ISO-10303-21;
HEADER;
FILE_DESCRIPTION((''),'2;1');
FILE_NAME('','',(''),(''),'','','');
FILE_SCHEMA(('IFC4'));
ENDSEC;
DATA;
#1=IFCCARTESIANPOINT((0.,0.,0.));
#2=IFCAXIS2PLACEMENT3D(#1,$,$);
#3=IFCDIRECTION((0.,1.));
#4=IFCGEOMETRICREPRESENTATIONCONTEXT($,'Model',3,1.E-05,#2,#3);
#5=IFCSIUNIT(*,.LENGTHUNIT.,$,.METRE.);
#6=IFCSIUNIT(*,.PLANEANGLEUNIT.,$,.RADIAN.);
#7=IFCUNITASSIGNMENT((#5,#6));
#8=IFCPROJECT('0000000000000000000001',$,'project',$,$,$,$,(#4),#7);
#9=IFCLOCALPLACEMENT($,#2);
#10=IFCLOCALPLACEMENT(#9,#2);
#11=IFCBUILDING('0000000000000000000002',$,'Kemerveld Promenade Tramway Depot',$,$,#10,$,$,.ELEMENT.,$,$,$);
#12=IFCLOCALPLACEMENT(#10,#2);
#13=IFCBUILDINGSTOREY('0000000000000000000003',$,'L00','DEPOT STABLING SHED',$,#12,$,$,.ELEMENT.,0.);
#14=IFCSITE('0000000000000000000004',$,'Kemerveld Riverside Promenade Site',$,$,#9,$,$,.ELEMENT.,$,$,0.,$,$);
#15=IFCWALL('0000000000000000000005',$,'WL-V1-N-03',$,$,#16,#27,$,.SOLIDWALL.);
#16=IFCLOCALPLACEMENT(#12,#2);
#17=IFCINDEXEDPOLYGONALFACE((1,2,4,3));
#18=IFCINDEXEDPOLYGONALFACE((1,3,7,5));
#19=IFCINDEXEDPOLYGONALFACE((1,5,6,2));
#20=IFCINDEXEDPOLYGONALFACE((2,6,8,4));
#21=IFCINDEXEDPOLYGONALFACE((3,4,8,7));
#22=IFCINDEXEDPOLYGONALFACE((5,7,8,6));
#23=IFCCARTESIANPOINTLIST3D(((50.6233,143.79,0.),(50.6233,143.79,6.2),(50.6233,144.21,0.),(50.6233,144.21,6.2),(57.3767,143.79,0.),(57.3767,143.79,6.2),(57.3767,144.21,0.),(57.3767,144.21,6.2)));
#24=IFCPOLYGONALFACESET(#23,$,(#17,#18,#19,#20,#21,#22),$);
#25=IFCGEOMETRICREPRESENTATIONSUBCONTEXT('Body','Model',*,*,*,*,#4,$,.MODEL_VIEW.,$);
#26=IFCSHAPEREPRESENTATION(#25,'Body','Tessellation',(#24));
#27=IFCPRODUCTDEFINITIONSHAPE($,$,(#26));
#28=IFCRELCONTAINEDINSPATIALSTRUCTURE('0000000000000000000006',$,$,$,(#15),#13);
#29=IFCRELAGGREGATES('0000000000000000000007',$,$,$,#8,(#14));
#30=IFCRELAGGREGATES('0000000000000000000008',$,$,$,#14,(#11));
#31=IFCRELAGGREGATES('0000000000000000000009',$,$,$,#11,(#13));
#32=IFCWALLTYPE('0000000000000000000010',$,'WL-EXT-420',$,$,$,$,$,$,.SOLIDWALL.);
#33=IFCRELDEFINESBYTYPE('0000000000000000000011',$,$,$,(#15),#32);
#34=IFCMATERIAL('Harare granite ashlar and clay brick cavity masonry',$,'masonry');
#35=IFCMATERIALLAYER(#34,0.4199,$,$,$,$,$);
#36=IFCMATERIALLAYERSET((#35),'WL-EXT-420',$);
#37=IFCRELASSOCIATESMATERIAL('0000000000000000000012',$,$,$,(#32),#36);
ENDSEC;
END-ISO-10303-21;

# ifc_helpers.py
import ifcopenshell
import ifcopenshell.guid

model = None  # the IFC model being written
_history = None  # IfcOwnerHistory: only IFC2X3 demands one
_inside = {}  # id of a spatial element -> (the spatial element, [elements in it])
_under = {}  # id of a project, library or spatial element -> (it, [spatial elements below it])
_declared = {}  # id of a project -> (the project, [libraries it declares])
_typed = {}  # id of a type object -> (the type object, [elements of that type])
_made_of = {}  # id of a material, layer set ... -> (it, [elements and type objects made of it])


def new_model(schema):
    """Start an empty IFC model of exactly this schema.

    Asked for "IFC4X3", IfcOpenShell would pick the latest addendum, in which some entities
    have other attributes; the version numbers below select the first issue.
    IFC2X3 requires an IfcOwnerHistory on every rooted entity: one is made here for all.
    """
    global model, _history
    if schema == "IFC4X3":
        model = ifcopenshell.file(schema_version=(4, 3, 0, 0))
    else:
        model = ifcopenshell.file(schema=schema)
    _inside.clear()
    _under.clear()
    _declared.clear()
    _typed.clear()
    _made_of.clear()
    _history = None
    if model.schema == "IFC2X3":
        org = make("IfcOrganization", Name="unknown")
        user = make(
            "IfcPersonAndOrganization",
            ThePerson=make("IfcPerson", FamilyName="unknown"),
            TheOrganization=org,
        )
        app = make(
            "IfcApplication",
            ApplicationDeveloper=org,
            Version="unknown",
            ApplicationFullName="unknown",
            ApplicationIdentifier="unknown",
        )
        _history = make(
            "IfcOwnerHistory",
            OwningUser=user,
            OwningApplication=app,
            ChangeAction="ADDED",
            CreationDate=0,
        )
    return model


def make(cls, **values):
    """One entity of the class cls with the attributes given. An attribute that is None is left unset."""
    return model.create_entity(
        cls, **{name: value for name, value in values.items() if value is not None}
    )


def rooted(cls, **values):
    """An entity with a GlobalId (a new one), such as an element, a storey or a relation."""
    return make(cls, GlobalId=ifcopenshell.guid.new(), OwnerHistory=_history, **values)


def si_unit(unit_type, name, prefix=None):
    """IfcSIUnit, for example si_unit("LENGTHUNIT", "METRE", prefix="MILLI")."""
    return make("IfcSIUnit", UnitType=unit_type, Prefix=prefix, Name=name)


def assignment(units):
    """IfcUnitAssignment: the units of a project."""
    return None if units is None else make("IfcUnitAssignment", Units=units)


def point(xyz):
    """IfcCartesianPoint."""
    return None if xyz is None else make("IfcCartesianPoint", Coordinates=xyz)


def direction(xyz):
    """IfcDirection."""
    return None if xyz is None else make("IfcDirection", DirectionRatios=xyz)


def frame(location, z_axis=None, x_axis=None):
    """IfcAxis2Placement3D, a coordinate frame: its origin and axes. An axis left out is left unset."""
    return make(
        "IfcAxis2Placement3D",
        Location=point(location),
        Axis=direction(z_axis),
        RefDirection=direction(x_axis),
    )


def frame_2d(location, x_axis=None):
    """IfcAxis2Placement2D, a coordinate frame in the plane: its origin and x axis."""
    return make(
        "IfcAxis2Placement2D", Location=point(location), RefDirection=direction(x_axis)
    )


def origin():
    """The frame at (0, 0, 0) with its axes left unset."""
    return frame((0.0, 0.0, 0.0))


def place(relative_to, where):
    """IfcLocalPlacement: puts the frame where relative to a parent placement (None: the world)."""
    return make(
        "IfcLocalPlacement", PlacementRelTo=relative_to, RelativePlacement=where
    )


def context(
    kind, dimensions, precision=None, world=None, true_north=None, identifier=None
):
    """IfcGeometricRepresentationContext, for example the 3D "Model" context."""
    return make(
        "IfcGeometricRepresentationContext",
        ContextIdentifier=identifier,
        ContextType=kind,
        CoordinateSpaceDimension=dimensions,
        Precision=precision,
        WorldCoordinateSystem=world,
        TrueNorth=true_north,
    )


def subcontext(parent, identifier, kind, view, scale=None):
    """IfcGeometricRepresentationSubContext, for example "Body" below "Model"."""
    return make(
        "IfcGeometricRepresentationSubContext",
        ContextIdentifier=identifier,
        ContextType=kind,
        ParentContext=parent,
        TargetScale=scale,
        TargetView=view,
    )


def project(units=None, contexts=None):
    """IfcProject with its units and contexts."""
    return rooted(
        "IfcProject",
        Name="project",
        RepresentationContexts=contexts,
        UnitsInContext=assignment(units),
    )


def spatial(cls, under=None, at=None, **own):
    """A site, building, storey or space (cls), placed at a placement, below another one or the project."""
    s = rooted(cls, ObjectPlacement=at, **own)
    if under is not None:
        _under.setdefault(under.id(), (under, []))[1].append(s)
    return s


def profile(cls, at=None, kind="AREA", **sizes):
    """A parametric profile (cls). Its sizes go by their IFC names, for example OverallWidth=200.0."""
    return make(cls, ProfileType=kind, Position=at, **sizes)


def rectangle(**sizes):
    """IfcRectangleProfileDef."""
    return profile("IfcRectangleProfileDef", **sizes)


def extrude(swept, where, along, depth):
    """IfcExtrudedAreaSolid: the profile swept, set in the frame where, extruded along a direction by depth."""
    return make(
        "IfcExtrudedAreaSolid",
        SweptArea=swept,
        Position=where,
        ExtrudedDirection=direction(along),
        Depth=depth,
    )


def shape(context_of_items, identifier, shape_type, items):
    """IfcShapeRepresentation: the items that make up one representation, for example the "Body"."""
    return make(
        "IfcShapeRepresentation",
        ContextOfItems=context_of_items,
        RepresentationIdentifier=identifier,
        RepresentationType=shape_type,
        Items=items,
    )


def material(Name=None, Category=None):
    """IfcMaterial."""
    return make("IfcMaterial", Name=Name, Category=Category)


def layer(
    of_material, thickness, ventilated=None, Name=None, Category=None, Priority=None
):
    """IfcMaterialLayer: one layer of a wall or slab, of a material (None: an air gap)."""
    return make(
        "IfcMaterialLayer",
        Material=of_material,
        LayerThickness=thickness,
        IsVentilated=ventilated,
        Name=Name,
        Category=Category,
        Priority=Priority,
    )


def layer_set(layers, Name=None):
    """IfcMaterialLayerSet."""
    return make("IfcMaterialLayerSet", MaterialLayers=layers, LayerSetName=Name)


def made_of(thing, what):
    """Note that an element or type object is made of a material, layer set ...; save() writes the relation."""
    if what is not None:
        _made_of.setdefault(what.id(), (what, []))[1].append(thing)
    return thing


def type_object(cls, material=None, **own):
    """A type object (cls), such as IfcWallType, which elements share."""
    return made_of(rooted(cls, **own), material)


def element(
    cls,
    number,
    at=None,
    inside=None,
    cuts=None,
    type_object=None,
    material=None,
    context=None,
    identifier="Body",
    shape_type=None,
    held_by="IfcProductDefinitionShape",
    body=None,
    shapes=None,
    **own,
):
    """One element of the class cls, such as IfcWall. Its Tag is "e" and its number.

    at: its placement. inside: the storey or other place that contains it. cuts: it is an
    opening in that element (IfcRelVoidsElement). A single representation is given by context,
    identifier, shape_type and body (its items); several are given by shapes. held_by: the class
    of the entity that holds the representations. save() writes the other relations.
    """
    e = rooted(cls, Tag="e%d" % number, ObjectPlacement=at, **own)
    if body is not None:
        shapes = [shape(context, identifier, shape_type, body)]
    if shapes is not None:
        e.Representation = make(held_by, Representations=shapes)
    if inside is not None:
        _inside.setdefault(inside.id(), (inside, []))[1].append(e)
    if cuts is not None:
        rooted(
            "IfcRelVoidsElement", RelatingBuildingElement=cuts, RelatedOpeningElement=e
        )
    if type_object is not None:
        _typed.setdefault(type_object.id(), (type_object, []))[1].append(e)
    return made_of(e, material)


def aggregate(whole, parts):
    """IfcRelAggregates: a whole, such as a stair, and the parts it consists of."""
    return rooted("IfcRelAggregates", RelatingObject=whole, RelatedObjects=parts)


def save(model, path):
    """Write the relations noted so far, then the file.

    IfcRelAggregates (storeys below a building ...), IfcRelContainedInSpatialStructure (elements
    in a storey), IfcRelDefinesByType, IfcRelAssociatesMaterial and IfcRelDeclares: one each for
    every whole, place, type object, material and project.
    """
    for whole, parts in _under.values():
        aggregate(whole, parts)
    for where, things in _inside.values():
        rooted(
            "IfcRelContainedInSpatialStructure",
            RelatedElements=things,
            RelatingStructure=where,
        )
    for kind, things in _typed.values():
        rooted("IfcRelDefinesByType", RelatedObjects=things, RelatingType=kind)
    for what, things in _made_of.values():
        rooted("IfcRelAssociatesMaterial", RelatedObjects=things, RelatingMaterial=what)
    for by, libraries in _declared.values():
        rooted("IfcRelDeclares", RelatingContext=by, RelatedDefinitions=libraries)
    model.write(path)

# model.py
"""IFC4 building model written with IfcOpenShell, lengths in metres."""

from ifc_helpers import new_model, si_unit, direction, frame, frame_2d, origin, place, context, subcontext, project, spatial, rectangle, extrude, material, layer, layer_set, type_object, element, save


model = new_model("IFC4")

# Units and contexts
model_context = context("Model", 3, precision=1e-05, world=origin(), true_north=direction((0.0, 1.0)))
body_context = subcontext(model_context, "Body", "Model", "MODEL_VIEW")
ifc_project = project(units=[si_unit("LENGTHUNIT", "METRE"), si_unit("PLANEANGLEUNIT", "RADIAN")], contexts=[model_context])

# Site, building, storey
site_placement = place(None, origin())
site = spatial("IfcSite", under=ifc_project, at=site_placement, Name="Kemerveld Riverside Promenade Site", CompositionType="ELEMENT", RefElevation=0.0)
building_placement = place(site_placement, origin())
building = spatial("IfcBuilding", under=site, at=building_placement, Name="Kemerveld Promenade Tramway Depot", CompositionType="ELEMENT")
storey_placement = place(building_placement, origin())
storey = spatial("IfcBuildingStorey", under=building, at=storey_placement, Name="L00", Description="DEPOT STABLING SHED", CompositionType="ELEMENT", Elevation=0.0)

# Wall
ifc_material_1 = material(Name="Harare granite ashlar and clay brick cavity masonry", Category="masonry")
ifc_layer_1 = layer(ifc_material_1, 0.4199)
ifc_layer_set_1 = layer_set([ifc_layer_1], Name="WL-EXT-420")
wall_type = type_object("IfcWallType", Name="WL-EXT-420", PredefinedType="SOLIDWALL", material=ifc_layer_set_1)
wall_1_placement = place(storey_placement, frame((50.6233, 144.0, 0.0), z_axis=(0.0, 0.0, 1.0), x_axis=(1.0, 0.0, 0.0)))
element("IfcWall", 1, at=wall_1_placement, inside=storey, type_object=wall_type, Name="WL-V1-N-03", PredefinedType="SOLIDWALL", context=body_context, shape_type="SweptSolid", body=[
    extrude(rectangle(XDim=6.7534, YDim=0.4199, at=frame_2d((3.3767, 0.0))), origin(), (0.0, 0.0, 1.0), 6.2),
])

save(model, "model.ifc")
